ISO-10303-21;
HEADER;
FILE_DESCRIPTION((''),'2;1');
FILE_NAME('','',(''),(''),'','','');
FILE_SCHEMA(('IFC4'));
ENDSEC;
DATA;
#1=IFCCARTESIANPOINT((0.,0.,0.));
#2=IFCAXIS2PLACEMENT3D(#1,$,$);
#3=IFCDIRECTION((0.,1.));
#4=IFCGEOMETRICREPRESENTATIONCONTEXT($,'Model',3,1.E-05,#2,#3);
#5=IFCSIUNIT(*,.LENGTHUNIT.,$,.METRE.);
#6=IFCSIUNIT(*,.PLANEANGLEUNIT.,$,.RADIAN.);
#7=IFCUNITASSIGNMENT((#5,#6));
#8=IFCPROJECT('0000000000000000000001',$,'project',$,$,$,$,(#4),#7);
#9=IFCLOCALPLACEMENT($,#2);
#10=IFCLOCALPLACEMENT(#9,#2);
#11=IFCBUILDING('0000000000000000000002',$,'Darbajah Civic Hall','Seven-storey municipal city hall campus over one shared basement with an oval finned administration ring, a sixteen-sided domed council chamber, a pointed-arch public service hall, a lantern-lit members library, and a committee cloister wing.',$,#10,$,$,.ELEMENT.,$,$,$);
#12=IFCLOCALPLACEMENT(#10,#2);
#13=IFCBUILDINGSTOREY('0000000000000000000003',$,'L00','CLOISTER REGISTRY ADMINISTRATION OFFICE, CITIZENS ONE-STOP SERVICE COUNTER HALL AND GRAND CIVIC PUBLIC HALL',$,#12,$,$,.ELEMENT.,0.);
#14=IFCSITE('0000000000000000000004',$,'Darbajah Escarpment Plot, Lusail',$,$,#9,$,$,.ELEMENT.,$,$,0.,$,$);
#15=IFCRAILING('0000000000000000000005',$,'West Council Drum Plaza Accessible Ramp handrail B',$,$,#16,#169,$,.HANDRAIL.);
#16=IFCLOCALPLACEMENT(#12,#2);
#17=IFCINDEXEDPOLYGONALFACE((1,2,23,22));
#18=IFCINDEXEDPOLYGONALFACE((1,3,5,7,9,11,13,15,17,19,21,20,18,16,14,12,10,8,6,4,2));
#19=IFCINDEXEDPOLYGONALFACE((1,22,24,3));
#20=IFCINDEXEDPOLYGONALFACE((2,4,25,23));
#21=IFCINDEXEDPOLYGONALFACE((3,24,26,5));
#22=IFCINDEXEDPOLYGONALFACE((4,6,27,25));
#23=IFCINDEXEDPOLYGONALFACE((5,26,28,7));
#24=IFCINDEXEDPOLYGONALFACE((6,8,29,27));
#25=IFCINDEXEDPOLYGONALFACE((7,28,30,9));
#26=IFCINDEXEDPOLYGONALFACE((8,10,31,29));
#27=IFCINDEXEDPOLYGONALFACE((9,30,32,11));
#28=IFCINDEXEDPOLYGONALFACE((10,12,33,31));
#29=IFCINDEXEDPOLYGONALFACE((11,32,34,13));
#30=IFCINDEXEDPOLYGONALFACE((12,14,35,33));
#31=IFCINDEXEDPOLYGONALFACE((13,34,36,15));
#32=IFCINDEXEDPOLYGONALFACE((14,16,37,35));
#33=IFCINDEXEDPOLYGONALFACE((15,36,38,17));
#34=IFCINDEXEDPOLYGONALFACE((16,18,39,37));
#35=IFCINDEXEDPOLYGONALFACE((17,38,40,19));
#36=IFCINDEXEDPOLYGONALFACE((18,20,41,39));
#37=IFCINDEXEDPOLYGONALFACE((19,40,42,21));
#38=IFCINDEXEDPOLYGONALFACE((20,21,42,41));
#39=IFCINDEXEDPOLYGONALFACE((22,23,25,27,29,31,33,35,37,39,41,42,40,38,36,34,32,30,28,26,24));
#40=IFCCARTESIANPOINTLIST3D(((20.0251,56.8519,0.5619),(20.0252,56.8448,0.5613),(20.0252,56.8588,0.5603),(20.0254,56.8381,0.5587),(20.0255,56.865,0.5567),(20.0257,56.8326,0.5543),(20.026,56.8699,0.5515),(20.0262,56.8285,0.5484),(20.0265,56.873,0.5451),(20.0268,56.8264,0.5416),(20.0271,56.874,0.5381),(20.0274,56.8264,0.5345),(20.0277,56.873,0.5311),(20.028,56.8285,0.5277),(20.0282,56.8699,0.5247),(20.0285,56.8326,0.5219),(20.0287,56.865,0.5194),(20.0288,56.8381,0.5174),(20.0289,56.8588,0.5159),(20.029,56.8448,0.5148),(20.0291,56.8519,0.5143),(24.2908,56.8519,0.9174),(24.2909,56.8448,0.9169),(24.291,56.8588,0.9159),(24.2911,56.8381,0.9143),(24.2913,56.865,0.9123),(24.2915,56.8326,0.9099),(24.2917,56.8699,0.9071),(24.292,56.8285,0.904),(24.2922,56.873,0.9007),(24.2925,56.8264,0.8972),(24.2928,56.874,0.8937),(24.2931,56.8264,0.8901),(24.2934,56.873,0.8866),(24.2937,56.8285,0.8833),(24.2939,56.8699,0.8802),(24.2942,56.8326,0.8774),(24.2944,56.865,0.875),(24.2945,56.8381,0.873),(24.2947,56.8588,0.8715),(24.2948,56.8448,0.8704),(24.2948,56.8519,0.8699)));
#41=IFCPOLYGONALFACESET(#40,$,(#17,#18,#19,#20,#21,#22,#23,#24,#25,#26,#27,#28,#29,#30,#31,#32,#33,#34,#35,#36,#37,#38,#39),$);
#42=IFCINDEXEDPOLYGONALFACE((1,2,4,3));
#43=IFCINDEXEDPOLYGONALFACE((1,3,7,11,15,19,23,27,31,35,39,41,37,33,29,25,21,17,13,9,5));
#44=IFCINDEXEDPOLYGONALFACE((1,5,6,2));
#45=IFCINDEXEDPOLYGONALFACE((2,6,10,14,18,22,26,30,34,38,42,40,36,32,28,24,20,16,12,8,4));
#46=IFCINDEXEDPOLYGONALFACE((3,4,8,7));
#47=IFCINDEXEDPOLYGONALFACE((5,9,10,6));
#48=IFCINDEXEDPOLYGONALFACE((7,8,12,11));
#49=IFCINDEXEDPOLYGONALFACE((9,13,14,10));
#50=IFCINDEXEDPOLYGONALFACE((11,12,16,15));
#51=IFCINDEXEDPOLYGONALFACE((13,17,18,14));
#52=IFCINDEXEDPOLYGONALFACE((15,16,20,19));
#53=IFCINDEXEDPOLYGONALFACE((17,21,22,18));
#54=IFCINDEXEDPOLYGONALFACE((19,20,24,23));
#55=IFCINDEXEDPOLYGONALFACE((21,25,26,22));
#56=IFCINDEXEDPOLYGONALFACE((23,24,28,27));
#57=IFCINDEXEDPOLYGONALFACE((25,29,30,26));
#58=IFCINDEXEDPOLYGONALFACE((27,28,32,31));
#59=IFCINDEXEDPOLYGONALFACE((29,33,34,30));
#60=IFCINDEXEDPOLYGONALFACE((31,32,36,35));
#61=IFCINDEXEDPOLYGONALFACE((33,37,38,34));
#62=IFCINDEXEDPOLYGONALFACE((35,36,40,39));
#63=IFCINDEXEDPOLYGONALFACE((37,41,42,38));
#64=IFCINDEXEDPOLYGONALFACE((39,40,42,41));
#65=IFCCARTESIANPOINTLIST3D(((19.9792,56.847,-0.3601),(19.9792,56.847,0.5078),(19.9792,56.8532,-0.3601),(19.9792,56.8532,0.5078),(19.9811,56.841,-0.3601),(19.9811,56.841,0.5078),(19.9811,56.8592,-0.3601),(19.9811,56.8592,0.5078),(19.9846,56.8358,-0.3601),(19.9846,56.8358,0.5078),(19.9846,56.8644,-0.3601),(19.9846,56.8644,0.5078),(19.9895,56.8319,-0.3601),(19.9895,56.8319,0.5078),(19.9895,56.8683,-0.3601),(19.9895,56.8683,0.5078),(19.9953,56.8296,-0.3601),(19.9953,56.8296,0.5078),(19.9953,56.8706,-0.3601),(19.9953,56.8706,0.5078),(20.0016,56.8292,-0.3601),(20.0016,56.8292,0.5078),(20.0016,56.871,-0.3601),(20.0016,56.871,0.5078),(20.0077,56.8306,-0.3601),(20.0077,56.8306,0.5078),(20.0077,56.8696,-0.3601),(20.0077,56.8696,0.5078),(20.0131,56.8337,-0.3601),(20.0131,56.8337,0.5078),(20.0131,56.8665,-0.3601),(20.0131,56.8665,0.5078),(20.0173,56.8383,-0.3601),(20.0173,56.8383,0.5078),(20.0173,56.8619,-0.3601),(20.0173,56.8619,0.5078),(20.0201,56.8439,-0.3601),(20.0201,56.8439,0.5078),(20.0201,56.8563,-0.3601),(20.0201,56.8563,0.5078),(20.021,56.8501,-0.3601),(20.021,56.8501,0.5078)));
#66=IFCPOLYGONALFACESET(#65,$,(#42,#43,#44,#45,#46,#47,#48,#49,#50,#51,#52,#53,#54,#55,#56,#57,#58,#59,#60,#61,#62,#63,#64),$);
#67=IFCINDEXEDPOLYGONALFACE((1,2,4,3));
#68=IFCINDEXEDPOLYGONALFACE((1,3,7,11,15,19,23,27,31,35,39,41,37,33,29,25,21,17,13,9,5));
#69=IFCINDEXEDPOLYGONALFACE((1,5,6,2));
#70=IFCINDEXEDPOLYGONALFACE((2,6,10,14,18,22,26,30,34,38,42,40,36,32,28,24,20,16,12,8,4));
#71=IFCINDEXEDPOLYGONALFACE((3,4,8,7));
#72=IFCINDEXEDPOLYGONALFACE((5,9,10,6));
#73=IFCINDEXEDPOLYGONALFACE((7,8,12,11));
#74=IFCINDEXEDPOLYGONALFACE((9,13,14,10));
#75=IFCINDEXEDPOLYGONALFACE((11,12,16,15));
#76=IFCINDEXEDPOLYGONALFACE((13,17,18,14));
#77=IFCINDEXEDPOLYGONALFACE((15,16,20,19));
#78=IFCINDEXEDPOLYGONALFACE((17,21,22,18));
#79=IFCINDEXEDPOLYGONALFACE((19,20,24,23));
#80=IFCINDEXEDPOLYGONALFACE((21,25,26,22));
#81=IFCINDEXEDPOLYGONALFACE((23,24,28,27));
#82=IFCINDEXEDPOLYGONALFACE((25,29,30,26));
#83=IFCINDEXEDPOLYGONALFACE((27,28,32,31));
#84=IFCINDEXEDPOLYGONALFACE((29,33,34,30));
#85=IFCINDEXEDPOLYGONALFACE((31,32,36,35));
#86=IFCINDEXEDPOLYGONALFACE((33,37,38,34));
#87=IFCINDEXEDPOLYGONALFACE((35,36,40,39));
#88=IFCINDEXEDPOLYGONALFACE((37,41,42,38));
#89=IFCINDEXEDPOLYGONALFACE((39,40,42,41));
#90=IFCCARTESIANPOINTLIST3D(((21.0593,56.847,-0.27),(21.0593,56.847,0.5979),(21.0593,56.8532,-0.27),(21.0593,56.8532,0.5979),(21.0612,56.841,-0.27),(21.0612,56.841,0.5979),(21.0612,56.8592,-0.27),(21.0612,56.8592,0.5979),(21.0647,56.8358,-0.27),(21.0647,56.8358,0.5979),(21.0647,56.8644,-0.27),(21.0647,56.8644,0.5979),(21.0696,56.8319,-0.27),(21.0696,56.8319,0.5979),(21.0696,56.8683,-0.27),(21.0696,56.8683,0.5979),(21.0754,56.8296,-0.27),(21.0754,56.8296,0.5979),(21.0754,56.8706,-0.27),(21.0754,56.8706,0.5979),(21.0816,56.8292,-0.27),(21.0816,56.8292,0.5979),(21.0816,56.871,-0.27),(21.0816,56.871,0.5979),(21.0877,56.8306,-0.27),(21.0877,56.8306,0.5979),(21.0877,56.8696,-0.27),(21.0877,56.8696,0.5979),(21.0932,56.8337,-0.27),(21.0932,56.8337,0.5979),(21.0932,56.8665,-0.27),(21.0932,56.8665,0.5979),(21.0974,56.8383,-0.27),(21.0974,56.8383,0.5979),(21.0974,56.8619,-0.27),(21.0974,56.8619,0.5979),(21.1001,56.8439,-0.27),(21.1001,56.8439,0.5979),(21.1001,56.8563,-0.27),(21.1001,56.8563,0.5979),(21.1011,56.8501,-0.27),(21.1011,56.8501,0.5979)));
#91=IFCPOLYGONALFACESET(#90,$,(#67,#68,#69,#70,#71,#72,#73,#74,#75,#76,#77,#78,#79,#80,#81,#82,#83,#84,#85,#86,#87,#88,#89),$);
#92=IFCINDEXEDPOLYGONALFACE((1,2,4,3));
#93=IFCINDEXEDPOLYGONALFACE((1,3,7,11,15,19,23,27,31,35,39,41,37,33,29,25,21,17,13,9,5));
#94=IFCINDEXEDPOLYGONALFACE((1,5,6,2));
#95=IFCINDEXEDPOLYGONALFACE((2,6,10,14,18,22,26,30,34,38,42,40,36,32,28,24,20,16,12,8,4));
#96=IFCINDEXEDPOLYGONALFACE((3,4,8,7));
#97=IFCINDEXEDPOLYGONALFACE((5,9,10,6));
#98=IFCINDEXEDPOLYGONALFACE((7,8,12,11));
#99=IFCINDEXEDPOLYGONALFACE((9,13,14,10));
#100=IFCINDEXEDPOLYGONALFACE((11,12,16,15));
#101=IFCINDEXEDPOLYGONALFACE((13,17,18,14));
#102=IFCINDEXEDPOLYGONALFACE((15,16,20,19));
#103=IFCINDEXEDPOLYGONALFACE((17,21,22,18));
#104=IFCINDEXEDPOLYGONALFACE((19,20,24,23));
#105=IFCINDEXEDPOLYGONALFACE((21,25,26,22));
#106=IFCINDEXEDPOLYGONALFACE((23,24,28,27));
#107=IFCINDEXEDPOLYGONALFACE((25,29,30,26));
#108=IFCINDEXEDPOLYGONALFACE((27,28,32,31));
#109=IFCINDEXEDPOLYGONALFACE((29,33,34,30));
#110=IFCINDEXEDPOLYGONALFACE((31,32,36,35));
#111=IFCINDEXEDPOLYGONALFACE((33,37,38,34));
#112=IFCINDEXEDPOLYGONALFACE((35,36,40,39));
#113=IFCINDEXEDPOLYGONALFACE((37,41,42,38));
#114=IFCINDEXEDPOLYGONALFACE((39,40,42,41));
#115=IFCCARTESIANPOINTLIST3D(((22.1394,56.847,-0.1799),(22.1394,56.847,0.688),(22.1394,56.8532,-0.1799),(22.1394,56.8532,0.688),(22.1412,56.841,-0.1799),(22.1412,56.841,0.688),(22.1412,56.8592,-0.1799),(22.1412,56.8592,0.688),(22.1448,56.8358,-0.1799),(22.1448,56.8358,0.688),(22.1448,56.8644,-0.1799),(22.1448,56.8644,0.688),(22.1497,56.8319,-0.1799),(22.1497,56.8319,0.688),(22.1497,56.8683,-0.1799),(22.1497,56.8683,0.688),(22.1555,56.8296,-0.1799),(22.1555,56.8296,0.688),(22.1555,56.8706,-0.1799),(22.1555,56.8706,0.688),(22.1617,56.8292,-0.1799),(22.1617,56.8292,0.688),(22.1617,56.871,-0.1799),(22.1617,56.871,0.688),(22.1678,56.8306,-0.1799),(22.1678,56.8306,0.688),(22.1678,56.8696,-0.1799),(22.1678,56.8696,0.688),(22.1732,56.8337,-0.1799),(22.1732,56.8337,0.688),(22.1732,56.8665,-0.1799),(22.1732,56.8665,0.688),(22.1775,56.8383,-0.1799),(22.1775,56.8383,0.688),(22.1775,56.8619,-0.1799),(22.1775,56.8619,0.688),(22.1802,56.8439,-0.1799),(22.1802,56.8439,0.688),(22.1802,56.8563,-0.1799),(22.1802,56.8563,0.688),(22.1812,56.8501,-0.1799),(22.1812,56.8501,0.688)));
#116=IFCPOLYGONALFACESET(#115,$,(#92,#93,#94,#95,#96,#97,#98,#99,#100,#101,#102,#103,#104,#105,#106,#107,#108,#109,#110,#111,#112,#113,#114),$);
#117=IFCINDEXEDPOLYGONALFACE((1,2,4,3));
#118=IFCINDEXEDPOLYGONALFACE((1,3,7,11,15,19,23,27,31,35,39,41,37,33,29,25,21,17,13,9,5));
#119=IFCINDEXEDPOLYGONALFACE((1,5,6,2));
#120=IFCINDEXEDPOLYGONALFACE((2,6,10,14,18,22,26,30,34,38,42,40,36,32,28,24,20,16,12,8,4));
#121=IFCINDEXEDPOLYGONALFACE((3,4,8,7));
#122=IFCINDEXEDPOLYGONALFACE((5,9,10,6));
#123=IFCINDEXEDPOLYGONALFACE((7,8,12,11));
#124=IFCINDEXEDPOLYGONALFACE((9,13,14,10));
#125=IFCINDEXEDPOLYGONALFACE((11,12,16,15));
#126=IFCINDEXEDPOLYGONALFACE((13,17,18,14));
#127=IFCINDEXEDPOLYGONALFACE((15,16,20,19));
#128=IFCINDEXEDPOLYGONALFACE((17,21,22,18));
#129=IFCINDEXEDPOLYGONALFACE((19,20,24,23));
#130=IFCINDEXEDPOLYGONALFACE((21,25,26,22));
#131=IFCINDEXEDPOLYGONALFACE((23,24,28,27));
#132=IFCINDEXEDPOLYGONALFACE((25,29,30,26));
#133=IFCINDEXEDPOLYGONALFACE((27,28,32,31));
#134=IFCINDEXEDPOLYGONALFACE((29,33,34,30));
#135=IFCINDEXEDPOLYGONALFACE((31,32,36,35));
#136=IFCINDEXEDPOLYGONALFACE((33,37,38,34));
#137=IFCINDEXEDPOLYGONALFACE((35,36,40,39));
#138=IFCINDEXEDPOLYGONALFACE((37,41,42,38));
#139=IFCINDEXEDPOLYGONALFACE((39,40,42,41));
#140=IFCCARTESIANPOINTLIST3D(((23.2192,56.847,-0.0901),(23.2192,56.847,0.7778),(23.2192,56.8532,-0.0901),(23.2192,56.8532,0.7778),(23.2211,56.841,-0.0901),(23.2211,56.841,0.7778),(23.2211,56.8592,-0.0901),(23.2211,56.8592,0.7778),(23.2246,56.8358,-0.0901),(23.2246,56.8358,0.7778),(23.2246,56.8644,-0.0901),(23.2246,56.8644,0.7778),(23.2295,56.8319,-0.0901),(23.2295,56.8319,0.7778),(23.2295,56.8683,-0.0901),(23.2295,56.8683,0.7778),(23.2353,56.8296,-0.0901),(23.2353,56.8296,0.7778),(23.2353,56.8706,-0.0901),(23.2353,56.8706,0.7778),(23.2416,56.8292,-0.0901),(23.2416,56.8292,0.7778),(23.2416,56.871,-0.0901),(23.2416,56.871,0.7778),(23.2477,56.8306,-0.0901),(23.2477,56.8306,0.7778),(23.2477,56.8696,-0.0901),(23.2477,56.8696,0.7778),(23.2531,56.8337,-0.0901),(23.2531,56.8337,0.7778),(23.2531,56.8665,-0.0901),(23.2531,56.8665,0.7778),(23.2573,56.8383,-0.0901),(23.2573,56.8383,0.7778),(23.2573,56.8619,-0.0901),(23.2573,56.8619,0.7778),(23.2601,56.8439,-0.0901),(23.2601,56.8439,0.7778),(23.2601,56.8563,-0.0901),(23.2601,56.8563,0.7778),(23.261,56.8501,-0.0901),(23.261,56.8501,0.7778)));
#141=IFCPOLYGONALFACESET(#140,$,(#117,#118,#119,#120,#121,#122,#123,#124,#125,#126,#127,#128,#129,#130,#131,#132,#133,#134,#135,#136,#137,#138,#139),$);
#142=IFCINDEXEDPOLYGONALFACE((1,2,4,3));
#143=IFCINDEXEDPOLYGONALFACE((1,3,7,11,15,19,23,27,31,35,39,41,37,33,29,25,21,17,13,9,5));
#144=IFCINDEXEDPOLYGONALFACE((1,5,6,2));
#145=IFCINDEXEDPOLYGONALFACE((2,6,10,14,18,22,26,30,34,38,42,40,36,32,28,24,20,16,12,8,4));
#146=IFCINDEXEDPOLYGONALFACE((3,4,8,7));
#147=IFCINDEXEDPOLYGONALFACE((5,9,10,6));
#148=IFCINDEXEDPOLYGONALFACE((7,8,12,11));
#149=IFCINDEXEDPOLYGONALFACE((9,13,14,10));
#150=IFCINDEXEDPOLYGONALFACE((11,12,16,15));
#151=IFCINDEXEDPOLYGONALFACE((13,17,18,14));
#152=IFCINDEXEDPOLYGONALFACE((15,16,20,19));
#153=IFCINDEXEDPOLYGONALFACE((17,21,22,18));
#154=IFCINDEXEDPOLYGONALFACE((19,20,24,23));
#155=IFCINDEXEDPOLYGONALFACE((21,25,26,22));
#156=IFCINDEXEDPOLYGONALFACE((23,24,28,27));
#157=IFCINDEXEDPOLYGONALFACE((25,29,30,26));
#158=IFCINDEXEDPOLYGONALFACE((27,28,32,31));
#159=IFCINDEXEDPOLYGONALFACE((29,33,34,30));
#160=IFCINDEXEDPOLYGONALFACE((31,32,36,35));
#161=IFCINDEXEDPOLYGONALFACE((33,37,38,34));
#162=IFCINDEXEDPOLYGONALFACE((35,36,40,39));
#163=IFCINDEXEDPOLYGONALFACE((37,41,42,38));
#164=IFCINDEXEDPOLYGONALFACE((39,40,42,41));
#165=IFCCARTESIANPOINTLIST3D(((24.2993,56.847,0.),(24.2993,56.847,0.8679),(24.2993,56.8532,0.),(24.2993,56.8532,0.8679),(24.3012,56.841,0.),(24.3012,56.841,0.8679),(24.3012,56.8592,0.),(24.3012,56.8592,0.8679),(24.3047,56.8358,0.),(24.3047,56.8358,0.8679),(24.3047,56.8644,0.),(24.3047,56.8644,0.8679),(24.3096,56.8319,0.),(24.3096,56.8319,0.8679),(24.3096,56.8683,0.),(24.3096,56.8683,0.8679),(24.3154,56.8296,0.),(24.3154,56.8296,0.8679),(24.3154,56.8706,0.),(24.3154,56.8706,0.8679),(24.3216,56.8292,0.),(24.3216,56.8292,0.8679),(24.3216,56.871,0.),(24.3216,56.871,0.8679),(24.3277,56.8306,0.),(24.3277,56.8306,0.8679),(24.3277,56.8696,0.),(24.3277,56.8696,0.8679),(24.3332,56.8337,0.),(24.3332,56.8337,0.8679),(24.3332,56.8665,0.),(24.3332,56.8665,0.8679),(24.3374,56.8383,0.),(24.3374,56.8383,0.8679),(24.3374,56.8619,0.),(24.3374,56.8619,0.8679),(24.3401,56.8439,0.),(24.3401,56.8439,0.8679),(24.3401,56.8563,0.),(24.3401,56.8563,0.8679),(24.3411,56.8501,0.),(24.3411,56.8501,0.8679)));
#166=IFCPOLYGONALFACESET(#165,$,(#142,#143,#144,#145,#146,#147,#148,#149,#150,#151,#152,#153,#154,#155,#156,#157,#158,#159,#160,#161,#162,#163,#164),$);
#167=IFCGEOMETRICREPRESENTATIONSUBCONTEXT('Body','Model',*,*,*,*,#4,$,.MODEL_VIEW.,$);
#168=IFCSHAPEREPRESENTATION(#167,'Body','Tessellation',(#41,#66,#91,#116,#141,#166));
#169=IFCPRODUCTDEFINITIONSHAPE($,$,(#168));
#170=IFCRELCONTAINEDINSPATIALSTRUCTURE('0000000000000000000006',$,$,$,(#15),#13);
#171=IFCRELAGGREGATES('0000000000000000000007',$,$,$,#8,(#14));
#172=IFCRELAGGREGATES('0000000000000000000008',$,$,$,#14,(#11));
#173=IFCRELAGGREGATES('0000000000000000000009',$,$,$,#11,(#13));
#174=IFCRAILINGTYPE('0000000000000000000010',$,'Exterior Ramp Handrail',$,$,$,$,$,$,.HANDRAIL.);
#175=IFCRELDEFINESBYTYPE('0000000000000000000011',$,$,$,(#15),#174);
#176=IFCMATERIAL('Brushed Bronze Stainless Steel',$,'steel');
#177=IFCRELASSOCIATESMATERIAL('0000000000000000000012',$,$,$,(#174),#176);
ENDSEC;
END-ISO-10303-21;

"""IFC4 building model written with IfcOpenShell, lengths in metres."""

from ifc_helpers import new_model, si_unit, direction, frame, origin, origin_2d, place, context, subcontext, project, spatial, circle, extrude, material, type_object, element, save


model = new_model("IFC4")

# Units and contexts
model_context = context("Model", 3, precision=1e-05, world=origin(), true_north=direction((0.0, 1.0)))
body_context = subcontext(model_context, "Body", "Model", "MODEL_VIEW")
ifc_project = project(units=[si_unit("LENGTHUNIT", "METRE"), si_unit("PLANEANGLEUNIT", "RADIAN")], contexts=[model_context])

# Site, building, storey
site_placement = place(None, origin())
site = spatial("IfcSite", under=ifc_project, at=site_placement, Name="Darbajah Escarpment Plot, Lusail", CompositionType="ELEMENT", RefElevation=0.0)
building_placement = place(site_placement, origin())
building = spatial("IfcBuilding", under=site, at=building_placement, Name="Darbajah Civic Hall", Description="Seven-storey municipal city hall campus over one shared basement with an oval finned administration ring, a sixteen-sided domed council chamber, a pointed-arch public service hall, a lantern-lit members library, and a committee cloister wing.", CompositionType="ELEMENT")
storey_placement = place(building_placement, origin())
storey = spatial("IfcBuildingStorey", under=building, at=storey_placement, Name="L00", Description="CLOISTER REGISTRY ADMINISTRATION OFFICE, CITIZENS ONE-STOP SERVICE COUNTER HALL AND GRAND CIVIC PUBLIC HALL", CompositionType="ELEMENT", Elevation=0.0)

# Railing
ifc_material_1 = material(Name="Brushed Bronze Stainless Steel", Category="steel")
railing_type = type_object("IfcRailingType", Name="Exterior Ramp Handrail", PredefinedType="HANDRAIL", material=ifc_material_1)
for number, where, name in (
    (1, (20.0, 56.8501, -0.3601), "West Council Drum Plaza Accessible Ramp handrail B"),
):
    element("IfcRailing", number, at=place(storey_placement, frame(where)), inside=storey, type_object=railing_type, Name=name, PredefinedType="HANDRAIL", context=body_context, shape_type="SweptSolid", body=[
        extrude(circle(Radius=0.0239, at=origin_2d()), frame((0.0271, 0.0, 0.8982), z_axis=(0.996544, 0.0, 0.083069), x_axis=(0.0, 1.0, 0.0)), (0.0, 0.0, 1.0), 4.2805),
        extrude(circle(Radius=0.021, at=origin_2d()), origin(), (0.0, 0.0, 1.0), 0.8679),
        extrude(circle(Radius=0.021, at=origin_2d()), frame((1.0801, 0.0, 0.0901)), (0.0, 0.0, 1.0), 0.8679),
        extrude(circle(Radius=0.021, at=origin_2d()), frame((2.1602, 0.0, 0.1802)), (0.0, 0.0, 1.0), 0.8679),
        extrude(circle(Radius=0.021, at=origin_2d()), frame((3.24, 0.0, 0.27)), (0.0, 0.0, 1.0), 0.8679),
        extrude(circle(Radius=0.021, at=origin_2d()), frame((4.3201, 0.0, 0.3601)), (0.0, 0.0, 1.0), 0.8679),
    ])

save(model, "model.ifc")
